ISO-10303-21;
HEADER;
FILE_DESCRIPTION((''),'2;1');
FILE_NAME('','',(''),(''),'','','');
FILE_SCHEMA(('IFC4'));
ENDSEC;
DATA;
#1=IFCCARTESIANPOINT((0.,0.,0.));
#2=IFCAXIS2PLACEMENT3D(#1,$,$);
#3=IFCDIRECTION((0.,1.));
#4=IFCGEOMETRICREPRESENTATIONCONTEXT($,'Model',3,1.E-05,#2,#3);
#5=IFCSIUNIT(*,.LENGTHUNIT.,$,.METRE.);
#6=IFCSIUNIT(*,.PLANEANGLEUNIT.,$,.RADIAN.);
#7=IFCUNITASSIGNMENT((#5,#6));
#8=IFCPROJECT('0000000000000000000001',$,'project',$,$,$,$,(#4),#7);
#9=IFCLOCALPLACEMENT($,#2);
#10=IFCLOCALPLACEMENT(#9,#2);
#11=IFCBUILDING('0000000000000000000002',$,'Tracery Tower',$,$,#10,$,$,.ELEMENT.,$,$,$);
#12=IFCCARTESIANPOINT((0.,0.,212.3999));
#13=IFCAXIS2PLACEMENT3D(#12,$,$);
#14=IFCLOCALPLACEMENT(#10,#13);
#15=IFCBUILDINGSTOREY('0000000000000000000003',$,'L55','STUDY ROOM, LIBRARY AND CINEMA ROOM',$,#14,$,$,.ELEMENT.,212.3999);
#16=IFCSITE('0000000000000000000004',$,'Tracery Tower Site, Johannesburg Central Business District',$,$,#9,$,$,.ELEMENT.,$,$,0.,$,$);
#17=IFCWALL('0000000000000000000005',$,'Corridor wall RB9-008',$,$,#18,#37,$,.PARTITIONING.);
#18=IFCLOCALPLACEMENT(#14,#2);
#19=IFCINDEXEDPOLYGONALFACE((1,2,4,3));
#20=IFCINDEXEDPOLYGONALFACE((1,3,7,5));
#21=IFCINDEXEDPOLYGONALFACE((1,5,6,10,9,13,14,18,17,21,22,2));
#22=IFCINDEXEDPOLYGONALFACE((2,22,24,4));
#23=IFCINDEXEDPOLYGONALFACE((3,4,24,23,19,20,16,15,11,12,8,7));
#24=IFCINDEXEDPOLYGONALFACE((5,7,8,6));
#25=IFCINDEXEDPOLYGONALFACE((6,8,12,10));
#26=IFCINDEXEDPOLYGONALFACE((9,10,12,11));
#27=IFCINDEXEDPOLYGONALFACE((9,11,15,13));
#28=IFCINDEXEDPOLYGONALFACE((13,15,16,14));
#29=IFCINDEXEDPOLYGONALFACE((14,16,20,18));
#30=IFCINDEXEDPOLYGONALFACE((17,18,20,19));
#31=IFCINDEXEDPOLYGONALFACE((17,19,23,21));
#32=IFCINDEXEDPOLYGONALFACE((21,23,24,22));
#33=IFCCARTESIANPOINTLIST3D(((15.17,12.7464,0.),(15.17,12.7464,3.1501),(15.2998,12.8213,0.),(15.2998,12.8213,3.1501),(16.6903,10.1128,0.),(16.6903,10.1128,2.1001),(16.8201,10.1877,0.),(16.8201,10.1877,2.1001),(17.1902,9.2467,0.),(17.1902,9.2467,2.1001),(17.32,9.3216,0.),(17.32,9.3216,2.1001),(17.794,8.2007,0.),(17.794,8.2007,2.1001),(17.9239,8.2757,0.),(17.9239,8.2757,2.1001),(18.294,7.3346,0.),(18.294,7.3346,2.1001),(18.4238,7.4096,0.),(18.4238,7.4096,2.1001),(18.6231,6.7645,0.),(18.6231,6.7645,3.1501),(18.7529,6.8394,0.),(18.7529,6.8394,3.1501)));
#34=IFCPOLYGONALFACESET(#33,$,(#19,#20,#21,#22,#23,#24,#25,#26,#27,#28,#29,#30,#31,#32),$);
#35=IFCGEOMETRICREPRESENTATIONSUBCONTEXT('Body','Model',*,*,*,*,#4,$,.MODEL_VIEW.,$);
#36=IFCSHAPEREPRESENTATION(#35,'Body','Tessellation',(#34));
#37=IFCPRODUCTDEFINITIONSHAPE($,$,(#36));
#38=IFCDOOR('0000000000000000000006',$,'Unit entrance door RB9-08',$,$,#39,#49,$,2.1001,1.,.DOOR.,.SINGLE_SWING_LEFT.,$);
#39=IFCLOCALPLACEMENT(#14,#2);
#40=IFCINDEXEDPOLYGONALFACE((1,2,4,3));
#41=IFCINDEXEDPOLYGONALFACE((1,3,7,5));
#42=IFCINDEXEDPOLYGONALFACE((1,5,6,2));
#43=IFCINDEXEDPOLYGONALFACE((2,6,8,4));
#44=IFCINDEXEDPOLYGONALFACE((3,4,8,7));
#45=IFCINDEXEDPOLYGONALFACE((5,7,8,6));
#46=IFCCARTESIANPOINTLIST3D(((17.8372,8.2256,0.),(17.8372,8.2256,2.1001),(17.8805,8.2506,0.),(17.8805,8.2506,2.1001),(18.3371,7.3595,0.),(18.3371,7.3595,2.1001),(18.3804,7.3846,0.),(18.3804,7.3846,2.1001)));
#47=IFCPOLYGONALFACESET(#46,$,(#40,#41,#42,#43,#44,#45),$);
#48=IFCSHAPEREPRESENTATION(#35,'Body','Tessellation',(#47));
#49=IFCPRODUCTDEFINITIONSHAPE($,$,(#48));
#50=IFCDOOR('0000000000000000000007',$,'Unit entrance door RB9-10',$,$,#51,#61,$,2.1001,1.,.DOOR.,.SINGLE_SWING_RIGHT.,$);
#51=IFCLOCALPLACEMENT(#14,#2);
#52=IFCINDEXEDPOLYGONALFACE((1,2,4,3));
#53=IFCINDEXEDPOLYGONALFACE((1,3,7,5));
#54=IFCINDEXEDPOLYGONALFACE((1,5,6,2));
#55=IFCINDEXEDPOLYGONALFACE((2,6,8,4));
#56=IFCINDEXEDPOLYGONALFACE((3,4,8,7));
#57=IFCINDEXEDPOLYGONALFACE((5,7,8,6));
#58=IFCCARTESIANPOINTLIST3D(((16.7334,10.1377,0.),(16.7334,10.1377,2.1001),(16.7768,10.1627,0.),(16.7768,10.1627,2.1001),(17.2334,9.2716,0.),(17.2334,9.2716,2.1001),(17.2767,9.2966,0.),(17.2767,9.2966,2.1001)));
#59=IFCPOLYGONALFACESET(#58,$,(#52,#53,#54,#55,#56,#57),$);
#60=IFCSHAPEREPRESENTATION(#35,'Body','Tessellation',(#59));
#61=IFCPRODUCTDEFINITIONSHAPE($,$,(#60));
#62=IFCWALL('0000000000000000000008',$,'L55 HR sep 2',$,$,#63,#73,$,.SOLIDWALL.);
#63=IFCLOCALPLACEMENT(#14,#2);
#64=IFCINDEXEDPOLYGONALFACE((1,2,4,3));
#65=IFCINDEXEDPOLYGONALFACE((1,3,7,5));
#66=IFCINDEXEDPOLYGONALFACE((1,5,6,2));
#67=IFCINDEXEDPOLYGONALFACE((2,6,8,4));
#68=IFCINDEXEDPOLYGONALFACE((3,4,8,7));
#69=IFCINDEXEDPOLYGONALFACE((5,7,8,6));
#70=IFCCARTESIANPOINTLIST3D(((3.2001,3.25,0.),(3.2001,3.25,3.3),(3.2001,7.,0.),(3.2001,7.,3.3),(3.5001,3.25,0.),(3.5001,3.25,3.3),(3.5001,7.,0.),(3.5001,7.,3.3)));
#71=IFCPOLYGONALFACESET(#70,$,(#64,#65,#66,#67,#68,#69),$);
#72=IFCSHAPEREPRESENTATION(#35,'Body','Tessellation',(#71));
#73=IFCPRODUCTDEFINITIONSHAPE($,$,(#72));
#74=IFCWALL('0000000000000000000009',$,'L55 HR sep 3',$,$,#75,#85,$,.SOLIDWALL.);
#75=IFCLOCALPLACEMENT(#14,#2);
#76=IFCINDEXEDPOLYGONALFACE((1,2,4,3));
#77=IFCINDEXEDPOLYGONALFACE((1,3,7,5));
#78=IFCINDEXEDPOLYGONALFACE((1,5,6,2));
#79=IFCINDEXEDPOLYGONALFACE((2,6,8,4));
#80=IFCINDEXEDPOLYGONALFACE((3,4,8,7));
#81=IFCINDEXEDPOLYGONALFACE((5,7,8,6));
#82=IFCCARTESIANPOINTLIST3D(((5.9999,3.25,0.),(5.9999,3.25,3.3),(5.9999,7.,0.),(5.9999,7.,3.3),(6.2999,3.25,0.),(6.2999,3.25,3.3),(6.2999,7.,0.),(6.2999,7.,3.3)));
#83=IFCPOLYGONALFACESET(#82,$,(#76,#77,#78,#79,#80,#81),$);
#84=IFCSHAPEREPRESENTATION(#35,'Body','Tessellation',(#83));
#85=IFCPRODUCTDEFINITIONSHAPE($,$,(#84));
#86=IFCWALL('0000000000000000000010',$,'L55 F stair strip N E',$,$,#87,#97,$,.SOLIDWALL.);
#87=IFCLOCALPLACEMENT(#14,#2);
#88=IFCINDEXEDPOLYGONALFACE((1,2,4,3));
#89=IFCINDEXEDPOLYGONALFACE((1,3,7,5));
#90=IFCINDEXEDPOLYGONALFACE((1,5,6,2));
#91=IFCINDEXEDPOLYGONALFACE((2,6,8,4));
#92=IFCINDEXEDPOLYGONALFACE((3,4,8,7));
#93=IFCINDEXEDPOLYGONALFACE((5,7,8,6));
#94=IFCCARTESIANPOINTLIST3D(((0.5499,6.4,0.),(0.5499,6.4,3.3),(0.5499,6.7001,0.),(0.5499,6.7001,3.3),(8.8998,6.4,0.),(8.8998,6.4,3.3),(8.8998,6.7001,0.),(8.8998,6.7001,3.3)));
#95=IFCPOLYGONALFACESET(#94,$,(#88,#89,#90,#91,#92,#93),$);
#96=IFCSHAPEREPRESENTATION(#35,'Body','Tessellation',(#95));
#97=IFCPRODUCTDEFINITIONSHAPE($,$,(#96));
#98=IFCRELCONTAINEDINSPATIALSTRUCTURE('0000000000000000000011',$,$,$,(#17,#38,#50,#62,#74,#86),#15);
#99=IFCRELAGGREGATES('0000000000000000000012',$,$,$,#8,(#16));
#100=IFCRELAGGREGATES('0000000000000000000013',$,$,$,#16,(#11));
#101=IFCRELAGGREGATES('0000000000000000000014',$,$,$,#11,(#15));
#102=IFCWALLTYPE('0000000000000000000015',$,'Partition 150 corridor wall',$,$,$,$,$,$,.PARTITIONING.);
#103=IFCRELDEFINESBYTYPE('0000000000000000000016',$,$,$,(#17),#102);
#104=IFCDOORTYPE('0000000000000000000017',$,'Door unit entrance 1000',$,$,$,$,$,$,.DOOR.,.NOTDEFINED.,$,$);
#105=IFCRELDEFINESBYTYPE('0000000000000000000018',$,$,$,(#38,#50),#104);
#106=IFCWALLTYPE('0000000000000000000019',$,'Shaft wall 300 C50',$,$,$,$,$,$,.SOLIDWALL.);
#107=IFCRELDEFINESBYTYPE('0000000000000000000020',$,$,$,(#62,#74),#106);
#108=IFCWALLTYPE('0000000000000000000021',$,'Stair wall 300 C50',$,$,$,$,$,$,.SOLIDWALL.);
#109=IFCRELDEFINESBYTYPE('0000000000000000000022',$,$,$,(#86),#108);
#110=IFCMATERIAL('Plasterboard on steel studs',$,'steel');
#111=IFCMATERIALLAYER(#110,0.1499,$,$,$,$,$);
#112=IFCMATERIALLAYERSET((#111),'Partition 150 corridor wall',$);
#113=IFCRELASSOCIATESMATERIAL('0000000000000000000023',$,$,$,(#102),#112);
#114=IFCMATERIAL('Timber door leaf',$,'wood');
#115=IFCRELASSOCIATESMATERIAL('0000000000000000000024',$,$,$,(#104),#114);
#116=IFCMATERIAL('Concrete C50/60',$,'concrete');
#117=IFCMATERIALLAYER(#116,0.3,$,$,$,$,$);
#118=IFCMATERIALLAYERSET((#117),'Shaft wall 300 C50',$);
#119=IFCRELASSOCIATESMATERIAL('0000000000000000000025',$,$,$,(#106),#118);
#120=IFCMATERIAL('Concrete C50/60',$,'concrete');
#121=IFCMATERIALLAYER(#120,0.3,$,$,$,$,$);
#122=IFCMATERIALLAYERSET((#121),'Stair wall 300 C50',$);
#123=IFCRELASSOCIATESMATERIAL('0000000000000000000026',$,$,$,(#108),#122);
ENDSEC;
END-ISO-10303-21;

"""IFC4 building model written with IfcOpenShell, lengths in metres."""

from ifc_helpers import new_model, si_unit, direction, frame, frame_2d, origin, place, context, subcontext, project, spatial, rectangle, extrude, material, layer, layer_set, type_object, element, fill, save


model = new_model("IFC4")

# Units and contexts
model_context = context("Model", 3, precision=1e-05, world=origin(), true_north=direction((0.0, 1.0)))
body_context = subcontext(model_context, "Body", "Model", "MODEL_VIEW")
ifc_project = project(units=[si_unit("LENGTHUNIT", "METRE"), si_unit("PLANEANGLEUNIT", "RADIAN")], contexts=[model_context])

# Site, building, storey
site_placement = place(None, origin())
site = spatial("IfcSite", under=ifc_project, at=site_placement, Name="Tracery Tower Site, Johannesburg Central Business District", CompositionType="ELEMENT", RefElevation=0.0)
building_placement = place(site_placement, origin())
building = spatial("IfcBuilding", under=site, at=building_placement, Name="Tracery Tower", CompositionType="ELEMENT")
storey_placement = place(building_placement, frame((0.0, 0.0, 212.3999)))
storey = spatial("IfcBuildingStorey", under=building, at=storey_placement, Name="L55", Description="STUDY ROOM, LIBRARY AND CINEMA ROOM", CompositionType="ELEMENT", Elevation=212.3999)

# Shared definitions
ifc_material_1 = material(Name="Plasterboard on steel studs", Category="steel")
ifc_layer_1 = layer(ifc_material_1, 0.1499)
ifc_layer_set_1 = layer_set([ifc_layer_1], Name="Partition 150 corridor wall")
wall_type_1 = type_object("IfcWallType", Name="Partition 150 corridor wall", PredefinedType="PARTITIONING", material=ifc_layer_set_1)

# Shared definitions
ifc_material_2 = material(Name="Timber door leaf", Category="wood")
door_type_1 = type_object("IfcDoorType", Name="Door unit entrance 1000", OperationType="NOTDEFINED", PredefinedType="DOOR", material=ifc_material_2)

# Wall, openings, doors
wall_1_placement = place(storey_placement, frame((15.2349, 12.7839, 0.0), z_axis=(0.0, 0.0, 1.0), x_axis=(0.499941, -0.86606, 0.0)))
wall_1 = element("IfcWall", 1, at=wall_1_placement, inside=storey, type_object=wall_type_1, Name="Corridor wall RB9-008", PredefinedType="PARTITIONING", context=body_context, shape_type="SweptSolid", body=[
    extrude(rectangle(XDim=6.907, YDim=0.1499, at=frame_2d((3.4536, 0.0))), origin(), (0.0, 0.0, 1.0), 3.1501),
])
opening_1_placement = place(wall_1_placement, frame((5.2488, 0.0, 0.0)))
opening_1 = element("IfcOpeningElement", 2, at=opening_1_placement, cuts=wall_1, PredefinedType="OPENING", context=body_context, shape_type="SweptSolid", body=[
    extrude(rectangle(XDim=1.0, YDim=2.1001, at=frame_2d((0.5, 1.05))), frame((0.0, 0.075, 0.0), z_axis=(0.0, -1.0, 0.0), x_axis=(1.0, 0.0, 0.0)), (0.0, 0.0, 1.0), 0.1499),
])
opening_2_placement = place(wall_1_placement, frame((3.041, 0.0, 0.0)))
opening_2 = element("IfcOpeningElement", 3, at=opening_2_placement, cuts=wall_1, PredefinedType="OPENING", context=body_context, shape_type="SweptSolid", body=[
    extrude(rectangle(XDim=1.0, YDim=2.1001, at=frame_2d((0.5, 1.05))), frame((0.0, 0.075, 0.0), z_axis=(0.0, -1.0, 0.0), x_axis=(1.0, 0.0, 0.0)), (0.0, 0.0, 1.0), 0.1499),
])
door_1_placement = place(opening_1_placement, origin())
door_1 = element("IfcDoor", 4, at=door_1_placement, inside=storey, type_object=door_type_1, Name="Unit entrance door RB9-08", OperationType="SINGLE_SWING_LEFT", OverallHeight=2.1001, OverallWidth=1.0, PredefinedType="DOOR", context=body_context, shape_type="SweptSolid", body=[
    extrude(rectangle(XDim=1.0, YDim=2.1001, at=frame_2d((0.5, 1.05))), frame((0.0, 0.0249, 0.0), z_axis=(0.0, -1.0, 0.0), x_axis=(1.0, 0.0, 0.0)), (0.0, 0.0, 1.0), 0.05),
])
fill(opening_1, door_1)
door_2_placement = place(opening_2_placement, origin())
door_2 = element("IfcDoor", 5, at=door_2_placement, inside=storey, type_object=door_type_1, Name="Unit entrance door RB9-10", OperationType="SINGLE_SWING_RIGHT", OverallHeight=2.1001, OverallWidth=1.0, PredefinedType="DOOR", context=body_context, shape_type="SweptSolid", body=[
    extrude(rectangle(XDim=1.0, YDim=2.1001, at=frame_2d((0.5, 1.05))), frame((0.0, 0.0249, 0.0), z_axis=(0.0, -1.0, 0.0), x_axis=(1.0, 0.0, 0.0)), (0.0, 0.0, 1.0), 0.05),
])
fill(opening_2, door_2)

# Walls
ifc_material_3 = material(Name="Concrete C50/60", Category="concrete")
ifc_layer_2 = layer(ifc_material_3, 0.3)
ifc_layer_set_2 = layer_set([ifc_layer_2], Name="Shaft wall 300 C50")
wall_type_2 = type_object("IfcWallType", Name="Shaft wall 300 C50", PredefinedType="SOLIDWALL", material=ifc_layer_set_2)
for number, where, z_axis, x_axis, name in (
    (6, (3.3501, 3.25, 0.0), (0.0, 0.0, 1.0), (0.0, 1.0, 0.0), "L55 HR sep 2"),
    (7, (6.1499, 3.25, 0.0), (0.0, 0.0, 1.0), (0.0, 1.0, 0.0), "L55 HR sep 3"),
):
    element("IfcWall", number, at=place(storey_placement, frame(where, z_axis=z_axis, x_axis=x_axis)), inside=storey, type_object=wall_type_2, Name=name, PredefinedType="SOLIDWALL", context=body_context, shape_type="SweptSolid", body=[
        extrude(rectangle(XDim=3.75, YDim=0.3, at=frame_2d((1.875, 0.0))), origin(), (0.0, 0.0, 1.0), 3.3),
    ])

# Wall
ifc_material_4 = material(Name="Concrete C50/60", Category="concrete")
ifc_layer_3 = layer(ifc_material_4, 0.3)
ifc_layer_set_3 = layer_set([ifc_layer_3], Name="Stair wall 300 C50")
wall_type_3 = type_object("IfcWallType", Name="Stair wall 300 C50", PredefinedType="SOLIDWALL", material=ifc_layer_set_3)
wall_2_placement = place(storey_placement, frame((0.55, 6.55, 0.0), z_axis=(0.0, 0.0, 1.0), x_axis=(1.0, 0.0, 0.0)))
element("IfcWall", 8, at=wall_2_placement, inside=storey, type_object=wall_type_3, Name="L55 F stair strip N E", PredefinedType="SOLIDWALL", context=body_context, shape_type="SweptSolid", body=[
    extrude(rectangle(XDim=8.3499, YDim=0.3, at=frame_2d((4.1748, 0.0))), origin(), (0.0, 0.0, 1.0), 3.3),
])

save(model, "model.ifc")
